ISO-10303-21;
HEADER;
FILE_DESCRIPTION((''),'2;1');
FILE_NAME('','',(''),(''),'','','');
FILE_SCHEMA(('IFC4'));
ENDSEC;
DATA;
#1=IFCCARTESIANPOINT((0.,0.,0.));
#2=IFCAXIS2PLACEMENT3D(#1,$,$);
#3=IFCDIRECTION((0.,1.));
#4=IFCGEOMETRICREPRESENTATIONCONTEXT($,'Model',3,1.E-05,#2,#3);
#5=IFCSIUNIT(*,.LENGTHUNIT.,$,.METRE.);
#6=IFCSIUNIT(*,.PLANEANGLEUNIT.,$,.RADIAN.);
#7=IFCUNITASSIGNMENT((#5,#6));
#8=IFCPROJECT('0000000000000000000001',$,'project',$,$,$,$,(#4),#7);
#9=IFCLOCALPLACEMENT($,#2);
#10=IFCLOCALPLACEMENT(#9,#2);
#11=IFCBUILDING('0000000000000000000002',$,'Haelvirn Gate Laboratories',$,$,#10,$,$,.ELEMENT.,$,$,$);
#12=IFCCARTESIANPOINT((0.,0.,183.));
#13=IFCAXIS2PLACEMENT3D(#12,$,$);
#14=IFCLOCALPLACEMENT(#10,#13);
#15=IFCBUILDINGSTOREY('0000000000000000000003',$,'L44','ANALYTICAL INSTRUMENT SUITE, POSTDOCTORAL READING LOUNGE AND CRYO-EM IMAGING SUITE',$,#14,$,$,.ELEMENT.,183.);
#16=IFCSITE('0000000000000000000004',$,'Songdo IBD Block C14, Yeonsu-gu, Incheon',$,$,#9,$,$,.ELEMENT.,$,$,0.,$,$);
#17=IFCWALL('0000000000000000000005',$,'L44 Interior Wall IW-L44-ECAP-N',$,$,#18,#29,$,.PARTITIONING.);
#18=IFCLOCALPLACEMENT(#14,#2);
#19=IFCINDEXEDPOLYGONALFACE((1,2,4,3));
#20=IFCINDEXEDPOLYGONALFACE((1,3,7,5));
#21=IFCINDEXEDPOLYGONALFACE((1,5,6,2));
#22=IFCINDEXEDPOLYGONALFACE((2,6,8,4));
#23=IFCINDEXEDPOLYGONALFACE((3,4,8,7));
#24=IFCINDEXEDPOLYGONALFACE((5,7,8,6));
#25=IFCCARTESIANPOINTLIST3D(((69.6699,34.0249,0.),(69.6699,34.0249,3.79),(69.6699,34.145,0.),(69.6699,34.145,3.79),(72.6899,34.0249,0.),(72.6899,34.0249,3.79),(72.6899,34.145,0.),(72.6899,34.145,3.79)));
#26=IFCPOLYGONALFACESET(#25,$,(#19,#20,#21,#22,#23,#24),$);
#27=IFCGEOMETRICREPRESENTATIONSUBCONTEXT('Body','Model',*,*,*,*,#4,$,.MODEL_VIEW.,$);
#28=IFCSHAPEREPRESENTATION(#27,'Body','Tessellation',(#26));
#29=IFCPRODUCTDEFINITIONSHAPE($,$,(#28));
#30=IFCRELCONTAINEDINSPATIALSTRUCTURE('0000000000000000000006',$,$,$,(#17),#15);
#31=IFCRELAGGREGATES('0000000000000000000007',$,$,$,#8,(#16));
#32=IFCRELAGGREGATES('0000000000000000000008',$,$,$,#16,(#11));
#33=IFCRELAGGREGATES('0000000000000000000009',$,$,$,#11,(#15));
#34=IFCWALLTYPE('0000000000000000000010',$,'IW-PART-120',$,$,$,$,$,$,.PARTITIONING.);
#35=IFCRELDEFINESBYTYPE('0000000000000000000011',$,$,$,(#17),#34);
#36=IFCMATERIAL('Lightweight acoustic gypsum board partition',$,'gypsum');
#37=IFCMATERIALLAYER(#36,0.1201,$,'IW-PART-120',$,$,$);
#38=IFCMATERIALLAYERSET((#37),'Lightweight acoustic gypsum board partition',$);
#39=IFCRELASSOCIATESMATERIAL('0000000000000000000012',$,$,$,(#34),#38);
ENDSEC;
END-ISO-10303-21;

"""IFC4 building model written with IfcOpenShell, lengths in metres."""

from ifc_helpers import new_model, si_unit, direction, frame, frame_2d, origin, place, context, subcontext, project, spatial, rectangle, extrude, material, layer, layer_set, type_object, element, save


model = new_model("IFC4")

# Units and contexts
model_context = context("Model", 3, precision=1e-05, world=origin(), true_north=direction((0.0, 1.0)))
body_context = subcontext(model_context, "Body", "Model", "MODEL_VIEW")
ifc_project = project(units=[si_unit("LENGTHUNIT", "METRE"), si_unit("PLANEANGLEUNIT", "RADIAN")], contexts=[model_context])

# Site, building, storey
site_placement = place(None, origin())
site = spatial("IfcSite", under=ifc_project, at=site_placement, Name="Songdo IBD Block C14, Yeonsu-gu, Incheon", CompositionType="ELEMENT", RefElevation=0.0)
building_placement = place(site_placement, origin())
building = spatial("IfcBuilding", under=site, at=building_placement, Name="Haelvirn Gate Laboratories", CompositionType="ELEMENT")
storey_placement = place(building_placement, frame((0.0, 0.0, 183.0)))
storey = spatial("IfcBuildingStorey", under=building, at=storey_placement, Name="L44", Description="ANALYTICAL INSTRUMENT SUITE, POSTDOCTORAL READING LOUNGE AND CRYO-EM IMAGING SUITE", CompositionType="ELEMENT", Elevation=183.0)

# Wall
ifc_material_1 = material(Name="Lightweight acoustic gypsum board partition", Category="gypsum")
ifc_layer_1 = layer(ifc_material_1, 0.1201, Name="IW-PART-120")
ifc_layer_set_1 = layer_set([ifc_layer_1], Name="Lightweight acoustic gypsum board partition")
wall_type_1 = type_object("IfcWallType", Name="IW-PART-120", PredefinedType="PARTITIONING", material=ifc_layer_set_1)
wall_1_placement = place(storey_placement, frame((69.6699, 34.085, 0.0), z_axis=(0.0, 0.0, 1.0), x_axis=(1.0, 0.0, 0.0)))
element("IfcWall", 1, at=wall_1_placement, inside=storey, type_object=wall_type_1, Name="L44 Interior Wall IW-L44-ECAP-N", PredefinedType="PARTITIONING", context=body_context, shape_type="SweptSolid", body=[
    extrude(rectangle(XDim=3.02, YDim=0.1201, at=frame_2d((1.51, 0.0))), origin(), (0.0, 0.0, 1.0), 3.79),
])

save(model, "model.ifc")
